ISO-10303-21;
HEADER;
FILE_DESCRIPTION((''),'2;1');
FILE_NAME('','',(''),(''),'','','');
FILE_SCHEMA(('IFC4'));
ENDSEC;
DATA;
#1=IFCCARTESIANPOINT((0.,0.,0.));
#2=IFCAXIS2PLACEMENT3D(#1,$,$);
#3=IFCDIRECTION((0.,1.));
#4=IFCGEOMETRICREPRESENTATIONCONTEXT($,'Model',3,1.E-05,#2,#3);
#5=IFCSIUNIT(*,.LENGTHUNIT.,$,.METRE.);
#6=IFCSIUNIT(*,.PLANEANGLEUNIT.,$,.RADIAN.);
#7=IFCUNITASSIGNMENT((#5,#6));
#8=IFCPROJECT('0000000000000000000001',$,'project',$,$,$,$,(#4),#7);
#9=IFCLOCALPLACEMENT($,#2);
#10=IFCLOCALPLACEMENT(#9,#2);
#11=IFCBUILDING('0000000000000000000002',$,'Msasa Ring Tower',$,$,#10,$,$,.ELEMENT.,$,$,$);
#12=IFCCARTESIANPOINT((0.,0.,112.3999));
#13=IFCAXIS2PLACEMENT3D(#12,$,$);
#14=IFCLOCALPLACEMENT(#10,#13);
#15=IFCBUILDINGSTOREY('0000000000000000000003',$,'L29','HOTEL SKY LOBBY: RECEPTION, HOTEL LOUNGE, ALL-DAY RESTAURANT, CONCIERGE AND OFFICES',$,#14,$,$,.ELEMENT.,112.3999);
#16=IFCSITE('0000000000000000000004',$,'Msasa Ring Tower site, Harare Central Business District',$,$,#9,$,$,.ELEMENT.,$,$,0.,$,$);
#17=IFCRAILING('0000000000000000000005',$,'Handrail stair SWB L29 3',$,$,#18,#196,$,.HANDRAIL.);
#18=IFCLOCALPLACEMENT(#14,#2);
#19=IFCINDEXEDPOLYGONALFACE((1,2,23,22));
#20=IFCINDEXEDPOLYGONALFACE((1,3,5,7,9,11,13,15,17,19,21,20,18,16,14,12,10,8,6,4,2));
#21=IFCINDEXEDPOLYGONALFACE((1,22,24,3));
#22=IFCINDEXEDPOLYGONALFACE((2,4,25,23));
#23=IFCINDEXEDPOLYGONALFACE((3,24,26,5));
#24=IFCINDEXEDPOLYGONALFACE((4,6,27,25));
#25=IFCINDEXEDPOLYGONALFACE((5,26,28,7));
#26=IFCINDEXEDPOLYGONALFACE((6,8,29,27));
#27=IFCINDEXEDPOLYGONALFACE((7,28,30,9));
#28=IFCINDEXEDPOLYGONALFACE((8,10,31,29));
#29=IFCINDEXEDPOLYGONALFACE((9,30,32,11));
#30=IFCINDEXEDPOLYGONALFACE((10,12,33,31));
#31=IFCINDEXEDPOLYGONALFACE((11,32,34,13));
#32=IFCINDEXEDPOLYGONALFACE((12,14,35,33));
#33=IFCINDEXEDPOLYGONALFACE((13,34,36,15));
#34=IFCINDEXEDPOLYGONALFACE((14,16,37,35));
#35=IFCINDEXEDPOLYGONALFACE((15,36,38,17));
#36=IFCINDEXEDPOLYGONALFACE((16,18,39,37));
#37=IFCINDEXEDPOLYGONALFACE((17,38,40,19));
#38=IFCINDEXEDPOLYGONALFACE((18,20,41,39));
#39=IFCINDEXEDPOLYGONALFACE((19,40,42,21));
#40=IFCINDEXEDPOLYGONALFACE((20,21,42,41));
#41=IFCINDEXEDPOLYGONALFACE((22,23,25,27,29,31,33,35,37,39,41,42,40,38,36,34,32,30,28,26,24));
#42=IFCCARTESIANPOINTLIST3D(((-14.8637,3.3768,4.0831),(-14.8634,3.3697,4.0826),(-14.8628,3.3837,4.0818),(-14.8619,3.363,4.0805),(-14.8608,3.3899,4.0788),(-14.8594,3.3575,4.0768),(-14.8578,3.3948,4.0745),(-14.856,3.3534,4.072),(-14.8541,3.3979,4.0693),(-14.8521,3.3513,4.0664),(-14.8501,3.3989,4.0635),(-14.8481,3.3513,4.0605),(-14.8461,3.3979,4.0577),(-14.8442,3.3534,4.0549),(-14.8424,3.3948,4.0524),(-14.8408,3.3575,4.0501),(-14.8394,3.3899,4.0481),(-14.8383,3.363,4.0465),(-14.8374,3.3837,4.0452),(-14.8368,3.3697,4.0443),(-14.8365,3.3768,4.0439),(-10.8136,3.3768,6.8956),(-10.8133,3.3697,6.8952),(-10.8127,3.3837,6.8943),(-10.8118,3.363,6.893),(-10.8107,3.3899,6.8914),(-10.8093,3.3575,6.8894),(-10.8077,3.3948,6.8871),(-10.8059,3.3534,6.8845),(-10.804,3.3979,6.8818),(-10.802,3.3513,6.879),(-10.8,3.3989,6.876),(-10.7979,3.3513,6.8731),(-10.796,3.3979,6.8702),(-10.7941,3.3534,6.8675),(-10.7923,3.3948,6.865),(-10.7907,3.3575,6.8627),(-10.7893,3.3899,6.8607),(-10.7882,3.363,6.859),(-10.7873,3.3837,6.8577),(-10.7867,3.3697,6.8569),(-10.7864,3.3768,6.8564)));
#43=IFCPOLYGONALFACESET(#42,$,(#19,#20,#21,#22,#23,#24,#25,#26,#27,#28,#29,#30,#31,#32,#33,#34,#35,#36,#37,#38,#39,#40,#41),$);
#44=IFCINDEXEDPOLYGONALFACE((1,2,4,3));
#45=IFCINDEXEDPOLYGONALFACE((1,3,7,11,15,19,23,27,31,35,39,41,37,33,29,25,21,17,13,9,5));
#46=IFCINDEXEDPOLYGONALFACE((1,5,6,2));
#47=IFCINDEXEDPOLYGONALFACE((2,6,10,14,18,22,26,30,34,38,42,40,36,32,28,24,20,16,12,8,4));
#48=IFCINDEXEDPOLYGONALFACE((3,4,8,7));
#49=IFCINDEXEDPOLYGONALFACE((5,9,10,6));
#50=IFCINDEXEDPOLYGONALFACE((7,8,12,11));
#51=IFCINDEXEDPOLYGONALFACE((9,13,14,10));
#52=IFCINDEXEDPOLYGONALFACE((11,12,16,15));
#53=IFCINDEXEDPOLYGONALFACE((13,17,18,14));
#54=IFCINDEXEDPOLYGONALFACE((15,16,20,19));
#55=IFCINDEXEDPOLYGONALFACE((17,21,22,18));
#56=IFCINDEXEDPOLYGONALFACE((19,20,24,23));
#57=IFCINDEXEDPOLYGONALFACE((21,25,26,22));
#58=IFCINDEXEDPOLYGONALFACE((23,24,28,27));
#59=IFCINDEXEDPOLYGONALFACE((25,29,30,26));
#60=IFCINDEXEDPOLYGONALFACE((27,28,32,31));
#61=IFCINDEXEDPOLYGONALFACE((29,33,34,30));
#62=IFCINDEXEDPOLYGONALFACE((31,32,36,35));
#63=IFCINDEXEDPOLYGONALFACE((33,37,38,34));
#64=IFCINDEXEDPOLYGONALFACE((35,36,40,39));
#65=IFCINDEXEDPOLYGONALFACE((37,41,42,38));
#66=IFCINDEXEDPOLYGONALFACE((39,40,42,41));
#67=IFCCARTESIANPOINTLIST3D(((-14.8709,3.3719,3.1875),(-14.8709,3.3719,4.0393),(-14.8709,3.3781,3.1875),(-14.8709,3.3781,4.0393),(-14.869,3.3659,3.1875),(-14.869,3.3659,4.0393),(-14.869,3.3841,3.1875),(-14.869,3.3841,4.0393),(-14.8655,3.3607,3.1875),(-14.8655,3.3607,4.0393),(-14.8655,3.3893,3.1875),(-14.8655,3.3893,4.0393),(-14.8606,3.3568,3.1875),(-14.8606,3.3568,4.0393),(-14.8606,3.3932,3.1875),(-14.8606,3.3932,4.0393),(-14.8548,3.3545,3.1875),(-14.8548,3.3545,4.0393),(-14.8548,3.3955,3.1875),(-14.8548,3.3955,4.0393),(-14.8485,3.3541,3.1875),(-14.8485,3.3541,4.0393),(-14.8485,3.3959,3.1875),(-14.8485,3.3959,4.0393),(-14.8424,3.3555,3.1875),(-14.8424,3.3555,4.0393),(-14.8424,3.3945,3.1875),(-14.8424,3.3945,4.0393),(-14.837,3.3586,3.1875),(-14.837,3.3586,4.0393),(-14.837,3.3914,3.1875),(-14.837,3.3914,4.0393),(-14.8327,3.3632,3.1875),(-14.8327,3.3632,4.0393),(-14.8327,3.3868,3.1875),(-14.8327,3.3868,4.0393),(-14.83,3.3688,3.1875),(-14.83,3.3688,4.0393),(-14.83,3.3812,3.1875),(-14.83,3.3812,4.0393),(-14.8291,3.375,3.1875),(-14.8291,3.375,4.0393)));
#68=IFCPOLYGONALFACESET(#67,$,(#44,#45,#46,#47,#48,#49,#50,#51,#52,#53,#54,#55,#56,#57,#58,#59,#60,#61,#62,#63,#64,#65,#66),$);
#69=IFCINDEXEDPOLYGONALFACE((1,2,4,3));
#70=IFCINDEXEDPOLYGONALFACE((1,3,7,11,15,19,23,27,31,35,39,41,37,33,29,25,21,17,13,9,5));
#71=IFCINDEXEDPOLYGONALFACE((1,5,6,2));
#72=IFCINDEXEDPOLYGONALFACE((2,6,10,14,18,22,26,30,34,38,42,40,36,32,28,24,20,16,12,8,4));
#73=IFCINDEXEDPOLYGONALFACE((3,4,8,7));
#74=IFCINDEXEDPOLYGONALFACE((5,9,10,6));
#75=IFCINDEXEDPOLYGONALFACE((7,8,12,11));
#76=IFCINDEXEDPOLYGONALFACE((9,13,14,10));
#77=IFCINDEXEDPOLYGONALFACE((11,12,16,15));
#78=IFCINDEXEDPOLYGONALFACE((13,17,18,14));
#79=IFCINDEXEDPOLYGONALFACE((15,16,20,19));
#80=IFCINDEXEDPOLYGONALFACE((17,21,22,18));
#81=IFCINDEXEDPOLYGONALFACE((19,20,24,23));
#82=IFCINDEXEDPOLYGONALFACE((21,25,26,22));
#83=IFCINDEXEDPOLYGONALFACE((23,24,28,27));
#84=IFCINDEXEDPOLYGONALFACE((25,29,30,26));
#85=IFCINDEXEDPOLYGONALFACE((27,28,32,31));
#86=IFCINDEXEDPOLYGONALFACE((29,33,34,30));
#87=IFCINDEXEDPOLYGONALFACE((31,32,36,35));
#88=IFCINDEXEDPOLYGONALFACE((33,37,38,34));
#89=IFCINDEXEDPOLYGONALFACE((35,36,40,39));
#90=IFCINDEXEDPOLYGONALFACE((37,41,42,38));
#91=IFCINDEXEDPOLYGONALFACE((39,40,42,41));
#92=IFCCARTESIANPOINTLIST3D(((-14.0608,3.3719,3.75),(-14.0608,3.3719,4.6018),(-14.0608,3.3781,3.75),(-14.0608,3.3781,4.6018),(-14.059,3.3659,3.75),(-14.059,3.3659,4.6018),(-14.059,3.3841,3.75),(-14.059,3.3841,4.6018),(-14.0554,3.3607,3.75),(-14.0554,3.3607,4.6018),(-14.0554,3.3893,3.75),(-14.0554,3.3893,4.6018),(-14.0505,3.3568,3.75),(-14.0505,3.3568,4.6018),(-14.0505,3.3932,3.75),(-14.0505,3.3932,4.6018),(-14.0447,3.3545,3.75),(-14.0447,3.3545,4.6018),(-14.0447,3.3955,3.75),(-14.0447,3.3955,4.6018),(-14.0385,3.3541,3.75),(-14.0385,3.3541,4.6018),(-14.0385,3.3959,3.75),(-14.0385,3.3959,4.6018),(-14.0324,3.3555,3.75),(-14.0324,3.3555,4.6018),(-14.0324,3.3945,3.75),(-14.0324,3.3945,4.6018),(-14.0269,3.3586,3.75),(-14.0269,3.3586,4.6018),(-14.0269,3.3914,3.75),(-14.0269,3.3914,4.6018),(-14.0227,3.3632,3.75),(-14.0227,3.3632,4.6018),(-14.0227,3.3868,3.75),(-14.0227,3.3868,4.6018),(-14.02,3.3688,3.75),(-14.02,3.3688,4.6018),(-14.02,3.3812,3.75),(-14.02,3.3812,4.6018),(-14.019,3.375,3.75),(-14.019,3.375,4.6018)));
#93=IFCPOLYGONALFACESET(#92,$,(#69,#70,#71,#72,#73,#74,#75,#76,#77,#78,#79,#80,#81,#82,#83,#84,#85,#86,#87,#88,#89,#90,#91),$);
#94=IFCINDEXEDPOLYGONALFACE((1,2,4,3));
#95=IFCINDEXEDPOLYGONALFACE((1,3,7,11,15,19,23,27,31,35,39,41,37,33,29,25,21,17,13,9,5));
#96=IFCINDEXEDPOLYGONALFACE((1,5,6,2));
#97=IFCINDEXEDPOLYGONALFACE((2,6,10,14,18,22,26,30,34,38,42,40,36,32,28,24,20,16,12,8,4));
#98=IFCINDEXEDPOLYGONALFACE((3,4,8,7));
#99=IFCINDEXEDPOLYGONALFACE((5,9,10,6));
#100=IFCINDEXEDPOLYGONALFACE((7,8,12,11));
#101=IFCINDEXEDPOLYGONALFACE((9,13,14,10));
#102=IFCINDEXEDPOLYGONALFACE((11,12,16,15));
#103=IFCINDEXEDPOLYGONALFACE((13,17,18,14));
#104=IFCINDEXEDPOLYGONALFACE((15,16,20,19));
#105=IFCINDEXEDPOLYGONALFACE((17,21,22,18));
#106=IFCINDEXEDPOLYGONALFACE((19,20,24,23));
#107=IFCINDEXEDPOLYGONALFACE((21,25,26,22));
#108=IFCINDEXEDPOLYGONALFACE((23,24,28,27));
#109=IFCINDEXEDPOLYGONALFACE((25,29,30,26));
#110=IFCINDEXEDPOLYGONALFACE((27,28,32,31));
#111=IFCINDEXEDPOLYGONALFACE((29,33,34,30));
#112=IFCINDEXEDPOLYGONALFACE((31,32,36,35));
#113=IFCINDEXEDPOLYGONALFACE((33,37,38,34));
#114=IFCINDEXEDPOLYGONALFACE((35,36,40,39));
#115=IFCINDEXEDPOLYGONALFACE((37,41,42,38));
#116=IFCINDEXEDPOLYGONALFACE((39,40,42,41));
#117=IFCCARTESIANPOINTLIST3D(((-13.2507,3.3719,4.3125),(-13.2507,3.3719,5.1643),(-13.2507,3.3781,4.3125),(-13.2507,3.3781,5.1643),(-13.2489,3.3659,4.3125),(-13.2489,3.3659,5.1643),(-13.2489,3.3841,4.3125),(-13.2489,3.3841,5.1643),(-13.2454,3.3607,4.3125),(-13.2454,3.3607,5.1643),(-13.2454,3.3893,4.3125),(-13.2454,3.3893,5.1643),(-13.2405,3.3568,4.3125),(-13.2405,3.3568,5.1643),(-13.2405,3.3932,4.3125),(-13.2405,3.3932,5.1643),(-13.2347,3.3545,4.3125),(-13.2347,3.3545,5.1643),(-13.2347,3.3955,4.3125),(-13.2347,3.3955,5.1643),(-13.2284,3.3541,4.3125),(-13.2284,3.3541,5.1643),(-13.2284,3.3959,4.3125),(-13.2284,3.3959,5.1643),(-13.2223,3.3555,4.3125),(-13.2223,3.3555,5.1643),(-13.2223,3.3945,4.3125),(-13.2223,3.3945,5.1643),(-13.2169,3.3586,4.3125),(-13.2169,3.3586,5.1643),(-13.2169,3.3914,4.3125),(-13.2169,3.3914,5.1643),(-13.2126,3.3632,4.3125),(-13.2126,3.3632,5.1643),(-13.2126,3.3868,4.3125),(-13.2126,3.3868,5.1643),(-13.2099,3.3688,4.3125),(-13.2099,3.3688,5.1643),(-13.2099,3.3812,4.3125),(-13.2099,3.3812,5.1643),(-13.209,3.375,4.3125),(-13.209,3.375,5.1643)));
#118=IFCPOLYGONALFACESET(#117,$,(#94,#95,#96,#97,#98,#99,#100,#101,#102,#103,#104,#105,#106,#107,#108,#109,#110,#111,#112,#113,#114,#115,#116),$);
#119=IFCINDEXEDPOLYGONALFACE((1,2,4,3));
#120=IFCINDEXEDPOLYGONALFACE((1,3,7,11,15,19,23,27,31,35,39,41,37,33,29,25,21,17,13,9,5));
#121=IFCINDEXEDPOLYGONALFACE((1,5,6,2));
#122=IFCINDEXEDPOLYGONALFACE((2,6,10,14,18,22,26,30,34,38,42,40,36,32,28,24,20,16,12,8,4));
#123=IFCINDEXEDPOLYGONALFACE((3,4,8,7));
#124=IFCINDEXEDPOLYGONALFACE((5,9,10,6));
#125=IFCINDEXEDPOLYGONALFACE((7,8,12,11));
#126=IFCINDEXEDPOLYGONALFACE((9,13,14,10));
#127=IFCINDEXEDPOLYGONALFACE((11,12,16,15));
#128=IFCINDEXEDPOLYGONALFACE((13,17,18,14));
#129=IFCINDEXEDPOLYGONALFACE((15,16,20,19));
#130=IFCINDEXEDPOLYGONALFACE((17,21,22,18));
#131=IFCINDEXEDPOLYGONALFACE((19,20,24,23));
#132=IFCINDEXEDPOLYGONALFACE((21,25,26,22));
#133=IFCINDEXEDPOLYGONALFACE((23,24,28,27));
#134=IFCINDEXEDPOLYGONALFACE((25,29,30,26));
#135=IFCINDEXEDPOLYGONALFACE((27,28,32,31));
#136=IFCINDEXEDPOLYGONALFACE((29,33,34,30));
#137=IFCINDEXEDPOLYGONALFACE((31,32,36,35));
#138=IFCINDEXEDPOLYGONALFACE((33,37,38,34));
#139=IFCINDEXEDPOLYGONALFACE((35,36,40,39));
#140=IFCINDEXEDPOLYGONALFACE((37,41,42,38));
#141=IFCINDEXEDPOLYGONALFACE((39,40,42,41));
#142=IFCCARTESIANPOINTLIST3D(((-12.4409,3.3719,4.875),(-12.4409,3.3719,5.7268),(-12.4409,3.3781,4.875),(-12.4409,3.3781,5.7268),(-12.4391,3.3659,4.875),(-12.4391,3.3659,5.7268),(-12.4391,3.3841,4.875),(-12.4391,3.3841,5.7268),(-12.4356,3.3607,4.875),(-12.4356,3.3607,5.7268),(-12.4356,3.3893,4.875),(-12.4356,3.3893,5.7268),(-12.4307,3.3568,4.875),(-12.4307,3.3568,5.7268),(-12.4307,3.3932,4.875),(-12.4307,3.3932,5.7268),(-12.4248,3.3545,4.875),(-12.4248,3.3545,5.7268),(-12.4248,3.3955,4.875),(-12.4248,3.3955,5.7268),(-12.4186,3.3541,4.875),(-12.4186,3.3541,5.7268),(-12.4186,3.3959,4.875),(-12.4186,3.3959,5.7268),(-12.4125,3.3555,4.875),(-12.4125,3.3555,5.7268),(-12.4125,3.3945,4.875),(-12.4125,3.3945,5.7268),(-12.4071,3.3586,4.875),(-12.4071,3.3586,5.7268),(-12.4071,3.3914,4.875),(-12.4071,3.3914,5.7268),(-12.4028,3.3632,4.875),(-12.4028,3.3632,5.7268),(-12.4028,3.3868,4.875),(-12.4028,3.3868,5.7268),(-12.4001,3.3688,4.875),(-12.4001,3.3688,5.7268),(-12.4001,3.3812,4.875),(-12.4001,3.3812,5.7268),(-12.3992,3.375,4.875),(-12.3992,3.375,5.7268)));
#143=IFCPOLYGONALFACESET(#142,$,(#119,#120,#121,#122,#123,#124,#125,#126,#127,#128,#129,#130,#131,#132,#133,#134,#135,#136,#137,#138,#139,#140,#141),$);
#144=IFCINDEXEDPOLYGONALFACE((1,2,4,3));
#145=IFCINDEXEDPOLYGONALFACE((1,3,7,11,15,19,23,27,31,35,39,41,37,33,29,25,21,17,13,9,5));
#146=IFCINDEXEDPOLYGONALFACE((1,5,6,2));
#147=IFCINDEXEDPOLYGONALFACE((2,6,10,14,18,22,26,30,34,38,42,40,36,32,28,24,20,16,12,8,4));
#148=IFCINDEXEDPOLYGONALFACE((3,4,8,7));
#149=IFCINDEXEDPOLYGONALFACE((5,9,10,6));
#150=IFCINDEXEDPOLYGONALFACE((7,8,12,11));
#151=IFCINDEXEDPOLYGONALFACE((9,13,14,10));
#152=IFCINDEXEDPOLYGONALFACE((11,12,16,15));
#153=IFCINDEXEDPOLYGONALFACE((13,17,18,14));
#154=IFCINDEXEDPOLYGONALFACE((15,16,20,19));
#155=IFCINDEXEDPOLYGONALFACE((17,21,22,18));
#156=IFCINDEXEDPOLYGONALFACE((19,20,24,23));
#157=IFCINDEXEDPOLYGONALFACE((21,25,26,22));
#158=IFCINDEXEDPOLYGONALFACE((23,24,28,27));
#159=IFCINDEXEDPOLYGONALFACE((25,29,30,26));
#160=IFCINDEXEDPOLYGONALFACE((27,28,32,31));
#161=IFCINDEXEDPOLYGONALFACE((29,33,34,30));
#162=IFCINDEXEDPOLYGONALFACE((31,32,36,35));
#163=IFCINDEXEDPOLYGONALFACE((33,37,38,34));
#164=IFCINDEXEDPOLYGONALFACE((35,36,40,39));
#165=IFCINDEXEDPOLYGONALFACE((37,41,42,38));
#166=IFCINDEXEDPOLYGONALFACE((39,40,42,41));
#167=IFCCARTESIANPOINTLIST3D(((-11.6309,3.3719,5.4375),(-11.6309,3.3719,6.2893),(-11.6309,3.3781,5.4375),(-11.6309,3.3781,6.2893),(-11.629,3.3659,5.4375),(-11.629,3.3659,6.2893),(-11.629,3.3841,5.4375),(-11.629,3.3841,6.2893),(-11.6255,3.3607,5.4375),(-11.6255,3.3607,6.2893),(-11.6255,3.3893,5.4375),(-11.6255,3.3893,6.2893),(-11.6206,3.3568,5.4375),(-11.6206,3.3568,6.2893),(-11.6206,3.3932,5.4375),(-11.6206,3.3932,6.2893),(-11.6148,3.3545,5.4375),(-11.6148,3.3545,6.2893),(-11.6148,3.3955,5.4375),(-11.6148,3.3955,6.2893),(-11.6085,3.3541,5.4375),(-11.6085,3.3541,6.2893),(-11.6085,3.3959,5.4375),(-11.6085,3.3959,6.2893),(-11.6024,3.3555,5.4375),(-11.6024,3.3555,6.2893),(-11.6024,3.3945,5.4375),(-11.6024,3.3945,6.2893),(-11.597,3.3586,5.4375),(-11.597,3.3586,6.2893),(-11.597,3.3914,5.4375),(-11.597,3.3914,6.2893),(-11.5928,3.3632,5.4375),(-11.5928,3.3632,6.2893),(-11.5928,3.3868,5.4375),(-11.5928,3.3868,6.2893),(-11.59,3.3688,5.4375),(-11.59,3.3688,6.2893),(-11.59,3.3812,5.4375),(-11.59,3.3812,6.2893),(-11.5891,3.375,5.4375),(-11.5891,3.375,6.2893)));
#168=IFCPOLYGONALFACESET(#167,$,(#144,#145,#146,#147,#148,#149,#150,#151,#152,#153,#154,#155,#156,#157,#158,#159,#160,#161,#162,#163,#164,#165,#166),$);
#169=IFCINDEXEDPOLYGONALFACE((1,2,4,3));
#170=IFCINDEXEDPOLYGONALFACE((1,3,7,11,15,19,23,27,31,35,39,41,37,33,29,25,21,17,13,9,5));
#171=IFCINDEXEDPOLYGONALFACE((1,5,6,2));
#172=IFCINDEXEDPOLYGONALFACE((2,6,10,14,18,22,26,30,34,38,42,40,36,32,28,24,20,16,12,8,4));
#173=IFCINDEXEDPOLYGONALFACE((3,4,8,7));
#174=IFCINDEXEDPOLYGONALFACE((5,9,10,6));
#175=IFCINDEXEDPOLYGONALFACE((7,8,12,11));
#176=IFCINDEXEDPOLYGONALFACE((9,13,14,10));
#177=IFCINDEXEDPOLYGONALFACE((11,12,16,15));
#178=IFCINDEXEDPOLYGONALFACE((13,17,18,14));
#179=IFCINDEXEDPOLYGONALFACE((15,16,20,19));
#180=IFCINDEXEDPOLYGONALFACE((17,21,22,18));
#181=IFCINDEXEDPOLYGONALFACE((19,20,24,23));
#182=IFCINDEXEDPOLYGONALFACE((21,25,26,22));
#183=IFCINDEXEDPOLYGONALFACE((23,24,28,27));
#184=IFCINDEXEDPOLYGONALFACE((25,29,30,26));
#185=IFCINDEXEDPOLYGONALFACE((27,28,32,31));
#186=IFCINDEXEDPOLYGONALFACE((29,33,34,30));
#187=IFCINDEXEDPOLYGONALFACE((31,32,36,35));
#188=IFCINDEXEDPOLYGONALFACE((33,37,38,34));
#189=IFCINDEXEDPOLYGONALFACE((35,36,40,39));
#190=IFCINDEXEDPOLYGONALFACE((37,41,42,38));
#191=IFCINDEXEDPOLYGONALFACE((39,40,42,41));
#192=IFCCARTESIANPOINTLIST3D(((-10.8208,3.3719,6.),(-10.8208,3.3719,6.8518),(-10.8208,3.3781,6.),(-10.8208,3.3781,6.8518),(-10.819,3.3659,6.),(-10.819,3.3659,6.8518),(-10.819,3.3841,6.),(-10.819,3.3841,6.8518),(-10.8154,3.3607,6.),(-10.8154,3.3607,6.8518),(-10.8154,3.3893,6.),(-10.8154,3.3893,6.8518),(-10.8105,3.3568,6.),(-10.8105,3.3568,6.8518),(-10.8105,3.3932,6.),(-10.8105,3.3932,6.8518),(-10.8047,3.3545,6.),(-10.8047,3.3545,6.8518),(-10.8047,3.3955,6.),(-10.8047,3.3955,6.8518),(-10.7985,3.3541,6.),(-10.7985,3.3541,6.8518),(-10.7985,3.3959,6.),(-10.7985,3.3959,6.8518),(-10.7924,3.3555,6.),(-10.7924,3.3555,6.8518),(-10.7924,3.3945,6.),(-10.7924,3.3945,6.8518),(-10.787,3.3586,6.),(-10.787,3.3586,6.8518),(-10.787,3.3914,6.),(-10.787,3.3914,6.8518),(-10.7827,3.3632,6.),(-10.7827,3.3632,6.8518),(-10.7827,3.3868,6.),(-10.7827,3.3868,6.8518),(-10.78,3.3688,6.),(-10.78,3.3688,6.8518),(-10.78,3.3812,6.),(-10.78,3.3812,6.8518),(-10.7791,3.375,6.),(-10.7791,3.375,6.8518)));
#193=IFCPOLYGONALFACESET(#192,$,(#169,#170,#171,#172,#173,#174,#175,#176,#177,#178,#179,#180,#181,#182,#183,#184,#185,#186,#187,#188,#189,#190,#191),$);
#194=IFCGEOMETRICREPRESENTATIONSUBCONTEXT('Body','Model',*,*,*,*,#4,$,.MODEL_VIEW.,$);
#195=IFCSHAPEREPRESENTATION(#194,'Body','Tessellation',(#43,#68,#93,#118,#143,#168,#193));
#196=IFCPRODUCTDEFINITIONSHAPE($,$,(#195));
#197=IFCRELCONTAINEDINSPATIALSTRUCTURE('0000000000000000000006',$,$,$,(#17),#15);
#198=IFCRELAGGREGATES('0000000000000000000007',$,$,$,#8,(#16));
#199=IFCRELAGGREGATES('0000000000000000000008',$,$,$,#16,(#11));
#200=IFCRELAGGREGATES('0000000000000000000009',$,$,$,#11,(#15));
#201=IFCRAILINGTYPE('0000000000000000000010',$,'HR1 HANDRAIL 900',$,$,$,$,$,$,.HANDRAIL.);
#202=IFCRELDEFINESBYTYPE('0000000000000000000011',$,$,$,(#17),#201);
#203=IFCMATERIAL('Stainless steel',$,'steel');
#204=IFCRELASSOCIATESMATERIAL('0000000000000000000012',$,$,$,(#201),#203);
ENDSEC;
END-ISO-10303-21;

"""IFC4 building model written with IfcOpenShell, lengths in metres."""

from ifc_helpers import new_model, si_unit, direction, frame, origin, origin_2d, place, context, subcontext, project, spatial, circle, extrude, material, type_object, element, save


model = new_model("IFC4")

# Units and contexts
model_context = context("Model", 3, precision=1e-05, world=origin(), true_north=direction((0.0, 1.0)))
body_context = subcontext(model_context, "Body", "Model", "MODEL_VIEW")
ifc_project = project(units=[si_unit("LENGTHUNIT", "METRE"), si_unit("PLANEANGLEUNIT", "RADIAN")], contexts=[model_context])

# Site, building, storey
site_placement = place(None, origin())
site = spatial("IfcSite", under=ifc_project, at=site_placement, Name="Msasa Ring Tower site, Harare Central Business District", CompositionType="ELEMENT", RefElevation=0.0)
building_placement = place(site_placement, origin())
building = spatial("IfcBuilding", under=site, at=building_placement, Name="Msasa Ring Tower", CompositionType="ELEMENT")
storey_placement = place(building_placement, frame((0.0, 0.0, 112.3999)))
storey = spatial("IfcBuildingStorey", under=building, at=storey_placement, Name="L29", Description="HOTEL SKY LOBBY: RECEPTION, HOTEL LOUNGE, ALL-DAY RESTAURANT, CONCIERGE AND OFFICES", CompositionType="ELEMENT", Elevation=112.3999)

# Railing
ifc_material_1 = material(Name="Stainless steel", Category="steel")
railing_type = type_object("IfcRailingType", Name="HR1 HANDRAIL 900", PredefinedType="HANDRAIL", material=ifc_material_1)
railing_placement = place(storey_placement, frame((-14.8501, 3.375, 3.1875)))
element("IfcRailing", 1, at=railing_placement, inside=storey, type_object=railing_type, Name="Handrail stair SWB L29 3", PredefinedType="HANDRAIL", context=body_context, shape_type="SweptSolid", body=[
    extrude(circle(Radius=0.0239, at=origin_2d()), frame((0.0, 0.0, 0.876), z_axis=(0.821373, 0.0, 0.570391), x_axis=(0.0, 1.0, 0.0)), (0.0, 0.0, 1.0), 4.9309),
    extrude(circle(Radius=0.021, at=origin_2d()), origin(), (0.0, 0.0, 1.0), 0.8518),
    extrude(circle(Radius=0.021, at=origin_2d()), frame((0.8101, 0.0, 0.5625)), (0.0, 0.0, 1.0), 0.8518),
    extrude(circle(Radius=0.021, at=origin_2d()), frame((1.6201, 0.0, 1.125)), (0.0, 0.0, 1.0), 0.8518),
    extrude(circle(Radius=0.021, at=origin_2d()), frame((2.4299, 0.0, 1.6875)), (0.0, 0.0, 1.0), 0.8518),
    extrude(circle(Radius=0.021, at=origin_2d()), frame((3.24, 0.0, 2.25)), (0.0, 0.0, 1.0), 0.8518),
    extrude(circle(Radius=0.021, at=origin_2d()), frame((4.05, 0.0, 2.8125)), (0.0, 0.0, 1.0), 0.8518),
])

save(model, "model.ifc")
